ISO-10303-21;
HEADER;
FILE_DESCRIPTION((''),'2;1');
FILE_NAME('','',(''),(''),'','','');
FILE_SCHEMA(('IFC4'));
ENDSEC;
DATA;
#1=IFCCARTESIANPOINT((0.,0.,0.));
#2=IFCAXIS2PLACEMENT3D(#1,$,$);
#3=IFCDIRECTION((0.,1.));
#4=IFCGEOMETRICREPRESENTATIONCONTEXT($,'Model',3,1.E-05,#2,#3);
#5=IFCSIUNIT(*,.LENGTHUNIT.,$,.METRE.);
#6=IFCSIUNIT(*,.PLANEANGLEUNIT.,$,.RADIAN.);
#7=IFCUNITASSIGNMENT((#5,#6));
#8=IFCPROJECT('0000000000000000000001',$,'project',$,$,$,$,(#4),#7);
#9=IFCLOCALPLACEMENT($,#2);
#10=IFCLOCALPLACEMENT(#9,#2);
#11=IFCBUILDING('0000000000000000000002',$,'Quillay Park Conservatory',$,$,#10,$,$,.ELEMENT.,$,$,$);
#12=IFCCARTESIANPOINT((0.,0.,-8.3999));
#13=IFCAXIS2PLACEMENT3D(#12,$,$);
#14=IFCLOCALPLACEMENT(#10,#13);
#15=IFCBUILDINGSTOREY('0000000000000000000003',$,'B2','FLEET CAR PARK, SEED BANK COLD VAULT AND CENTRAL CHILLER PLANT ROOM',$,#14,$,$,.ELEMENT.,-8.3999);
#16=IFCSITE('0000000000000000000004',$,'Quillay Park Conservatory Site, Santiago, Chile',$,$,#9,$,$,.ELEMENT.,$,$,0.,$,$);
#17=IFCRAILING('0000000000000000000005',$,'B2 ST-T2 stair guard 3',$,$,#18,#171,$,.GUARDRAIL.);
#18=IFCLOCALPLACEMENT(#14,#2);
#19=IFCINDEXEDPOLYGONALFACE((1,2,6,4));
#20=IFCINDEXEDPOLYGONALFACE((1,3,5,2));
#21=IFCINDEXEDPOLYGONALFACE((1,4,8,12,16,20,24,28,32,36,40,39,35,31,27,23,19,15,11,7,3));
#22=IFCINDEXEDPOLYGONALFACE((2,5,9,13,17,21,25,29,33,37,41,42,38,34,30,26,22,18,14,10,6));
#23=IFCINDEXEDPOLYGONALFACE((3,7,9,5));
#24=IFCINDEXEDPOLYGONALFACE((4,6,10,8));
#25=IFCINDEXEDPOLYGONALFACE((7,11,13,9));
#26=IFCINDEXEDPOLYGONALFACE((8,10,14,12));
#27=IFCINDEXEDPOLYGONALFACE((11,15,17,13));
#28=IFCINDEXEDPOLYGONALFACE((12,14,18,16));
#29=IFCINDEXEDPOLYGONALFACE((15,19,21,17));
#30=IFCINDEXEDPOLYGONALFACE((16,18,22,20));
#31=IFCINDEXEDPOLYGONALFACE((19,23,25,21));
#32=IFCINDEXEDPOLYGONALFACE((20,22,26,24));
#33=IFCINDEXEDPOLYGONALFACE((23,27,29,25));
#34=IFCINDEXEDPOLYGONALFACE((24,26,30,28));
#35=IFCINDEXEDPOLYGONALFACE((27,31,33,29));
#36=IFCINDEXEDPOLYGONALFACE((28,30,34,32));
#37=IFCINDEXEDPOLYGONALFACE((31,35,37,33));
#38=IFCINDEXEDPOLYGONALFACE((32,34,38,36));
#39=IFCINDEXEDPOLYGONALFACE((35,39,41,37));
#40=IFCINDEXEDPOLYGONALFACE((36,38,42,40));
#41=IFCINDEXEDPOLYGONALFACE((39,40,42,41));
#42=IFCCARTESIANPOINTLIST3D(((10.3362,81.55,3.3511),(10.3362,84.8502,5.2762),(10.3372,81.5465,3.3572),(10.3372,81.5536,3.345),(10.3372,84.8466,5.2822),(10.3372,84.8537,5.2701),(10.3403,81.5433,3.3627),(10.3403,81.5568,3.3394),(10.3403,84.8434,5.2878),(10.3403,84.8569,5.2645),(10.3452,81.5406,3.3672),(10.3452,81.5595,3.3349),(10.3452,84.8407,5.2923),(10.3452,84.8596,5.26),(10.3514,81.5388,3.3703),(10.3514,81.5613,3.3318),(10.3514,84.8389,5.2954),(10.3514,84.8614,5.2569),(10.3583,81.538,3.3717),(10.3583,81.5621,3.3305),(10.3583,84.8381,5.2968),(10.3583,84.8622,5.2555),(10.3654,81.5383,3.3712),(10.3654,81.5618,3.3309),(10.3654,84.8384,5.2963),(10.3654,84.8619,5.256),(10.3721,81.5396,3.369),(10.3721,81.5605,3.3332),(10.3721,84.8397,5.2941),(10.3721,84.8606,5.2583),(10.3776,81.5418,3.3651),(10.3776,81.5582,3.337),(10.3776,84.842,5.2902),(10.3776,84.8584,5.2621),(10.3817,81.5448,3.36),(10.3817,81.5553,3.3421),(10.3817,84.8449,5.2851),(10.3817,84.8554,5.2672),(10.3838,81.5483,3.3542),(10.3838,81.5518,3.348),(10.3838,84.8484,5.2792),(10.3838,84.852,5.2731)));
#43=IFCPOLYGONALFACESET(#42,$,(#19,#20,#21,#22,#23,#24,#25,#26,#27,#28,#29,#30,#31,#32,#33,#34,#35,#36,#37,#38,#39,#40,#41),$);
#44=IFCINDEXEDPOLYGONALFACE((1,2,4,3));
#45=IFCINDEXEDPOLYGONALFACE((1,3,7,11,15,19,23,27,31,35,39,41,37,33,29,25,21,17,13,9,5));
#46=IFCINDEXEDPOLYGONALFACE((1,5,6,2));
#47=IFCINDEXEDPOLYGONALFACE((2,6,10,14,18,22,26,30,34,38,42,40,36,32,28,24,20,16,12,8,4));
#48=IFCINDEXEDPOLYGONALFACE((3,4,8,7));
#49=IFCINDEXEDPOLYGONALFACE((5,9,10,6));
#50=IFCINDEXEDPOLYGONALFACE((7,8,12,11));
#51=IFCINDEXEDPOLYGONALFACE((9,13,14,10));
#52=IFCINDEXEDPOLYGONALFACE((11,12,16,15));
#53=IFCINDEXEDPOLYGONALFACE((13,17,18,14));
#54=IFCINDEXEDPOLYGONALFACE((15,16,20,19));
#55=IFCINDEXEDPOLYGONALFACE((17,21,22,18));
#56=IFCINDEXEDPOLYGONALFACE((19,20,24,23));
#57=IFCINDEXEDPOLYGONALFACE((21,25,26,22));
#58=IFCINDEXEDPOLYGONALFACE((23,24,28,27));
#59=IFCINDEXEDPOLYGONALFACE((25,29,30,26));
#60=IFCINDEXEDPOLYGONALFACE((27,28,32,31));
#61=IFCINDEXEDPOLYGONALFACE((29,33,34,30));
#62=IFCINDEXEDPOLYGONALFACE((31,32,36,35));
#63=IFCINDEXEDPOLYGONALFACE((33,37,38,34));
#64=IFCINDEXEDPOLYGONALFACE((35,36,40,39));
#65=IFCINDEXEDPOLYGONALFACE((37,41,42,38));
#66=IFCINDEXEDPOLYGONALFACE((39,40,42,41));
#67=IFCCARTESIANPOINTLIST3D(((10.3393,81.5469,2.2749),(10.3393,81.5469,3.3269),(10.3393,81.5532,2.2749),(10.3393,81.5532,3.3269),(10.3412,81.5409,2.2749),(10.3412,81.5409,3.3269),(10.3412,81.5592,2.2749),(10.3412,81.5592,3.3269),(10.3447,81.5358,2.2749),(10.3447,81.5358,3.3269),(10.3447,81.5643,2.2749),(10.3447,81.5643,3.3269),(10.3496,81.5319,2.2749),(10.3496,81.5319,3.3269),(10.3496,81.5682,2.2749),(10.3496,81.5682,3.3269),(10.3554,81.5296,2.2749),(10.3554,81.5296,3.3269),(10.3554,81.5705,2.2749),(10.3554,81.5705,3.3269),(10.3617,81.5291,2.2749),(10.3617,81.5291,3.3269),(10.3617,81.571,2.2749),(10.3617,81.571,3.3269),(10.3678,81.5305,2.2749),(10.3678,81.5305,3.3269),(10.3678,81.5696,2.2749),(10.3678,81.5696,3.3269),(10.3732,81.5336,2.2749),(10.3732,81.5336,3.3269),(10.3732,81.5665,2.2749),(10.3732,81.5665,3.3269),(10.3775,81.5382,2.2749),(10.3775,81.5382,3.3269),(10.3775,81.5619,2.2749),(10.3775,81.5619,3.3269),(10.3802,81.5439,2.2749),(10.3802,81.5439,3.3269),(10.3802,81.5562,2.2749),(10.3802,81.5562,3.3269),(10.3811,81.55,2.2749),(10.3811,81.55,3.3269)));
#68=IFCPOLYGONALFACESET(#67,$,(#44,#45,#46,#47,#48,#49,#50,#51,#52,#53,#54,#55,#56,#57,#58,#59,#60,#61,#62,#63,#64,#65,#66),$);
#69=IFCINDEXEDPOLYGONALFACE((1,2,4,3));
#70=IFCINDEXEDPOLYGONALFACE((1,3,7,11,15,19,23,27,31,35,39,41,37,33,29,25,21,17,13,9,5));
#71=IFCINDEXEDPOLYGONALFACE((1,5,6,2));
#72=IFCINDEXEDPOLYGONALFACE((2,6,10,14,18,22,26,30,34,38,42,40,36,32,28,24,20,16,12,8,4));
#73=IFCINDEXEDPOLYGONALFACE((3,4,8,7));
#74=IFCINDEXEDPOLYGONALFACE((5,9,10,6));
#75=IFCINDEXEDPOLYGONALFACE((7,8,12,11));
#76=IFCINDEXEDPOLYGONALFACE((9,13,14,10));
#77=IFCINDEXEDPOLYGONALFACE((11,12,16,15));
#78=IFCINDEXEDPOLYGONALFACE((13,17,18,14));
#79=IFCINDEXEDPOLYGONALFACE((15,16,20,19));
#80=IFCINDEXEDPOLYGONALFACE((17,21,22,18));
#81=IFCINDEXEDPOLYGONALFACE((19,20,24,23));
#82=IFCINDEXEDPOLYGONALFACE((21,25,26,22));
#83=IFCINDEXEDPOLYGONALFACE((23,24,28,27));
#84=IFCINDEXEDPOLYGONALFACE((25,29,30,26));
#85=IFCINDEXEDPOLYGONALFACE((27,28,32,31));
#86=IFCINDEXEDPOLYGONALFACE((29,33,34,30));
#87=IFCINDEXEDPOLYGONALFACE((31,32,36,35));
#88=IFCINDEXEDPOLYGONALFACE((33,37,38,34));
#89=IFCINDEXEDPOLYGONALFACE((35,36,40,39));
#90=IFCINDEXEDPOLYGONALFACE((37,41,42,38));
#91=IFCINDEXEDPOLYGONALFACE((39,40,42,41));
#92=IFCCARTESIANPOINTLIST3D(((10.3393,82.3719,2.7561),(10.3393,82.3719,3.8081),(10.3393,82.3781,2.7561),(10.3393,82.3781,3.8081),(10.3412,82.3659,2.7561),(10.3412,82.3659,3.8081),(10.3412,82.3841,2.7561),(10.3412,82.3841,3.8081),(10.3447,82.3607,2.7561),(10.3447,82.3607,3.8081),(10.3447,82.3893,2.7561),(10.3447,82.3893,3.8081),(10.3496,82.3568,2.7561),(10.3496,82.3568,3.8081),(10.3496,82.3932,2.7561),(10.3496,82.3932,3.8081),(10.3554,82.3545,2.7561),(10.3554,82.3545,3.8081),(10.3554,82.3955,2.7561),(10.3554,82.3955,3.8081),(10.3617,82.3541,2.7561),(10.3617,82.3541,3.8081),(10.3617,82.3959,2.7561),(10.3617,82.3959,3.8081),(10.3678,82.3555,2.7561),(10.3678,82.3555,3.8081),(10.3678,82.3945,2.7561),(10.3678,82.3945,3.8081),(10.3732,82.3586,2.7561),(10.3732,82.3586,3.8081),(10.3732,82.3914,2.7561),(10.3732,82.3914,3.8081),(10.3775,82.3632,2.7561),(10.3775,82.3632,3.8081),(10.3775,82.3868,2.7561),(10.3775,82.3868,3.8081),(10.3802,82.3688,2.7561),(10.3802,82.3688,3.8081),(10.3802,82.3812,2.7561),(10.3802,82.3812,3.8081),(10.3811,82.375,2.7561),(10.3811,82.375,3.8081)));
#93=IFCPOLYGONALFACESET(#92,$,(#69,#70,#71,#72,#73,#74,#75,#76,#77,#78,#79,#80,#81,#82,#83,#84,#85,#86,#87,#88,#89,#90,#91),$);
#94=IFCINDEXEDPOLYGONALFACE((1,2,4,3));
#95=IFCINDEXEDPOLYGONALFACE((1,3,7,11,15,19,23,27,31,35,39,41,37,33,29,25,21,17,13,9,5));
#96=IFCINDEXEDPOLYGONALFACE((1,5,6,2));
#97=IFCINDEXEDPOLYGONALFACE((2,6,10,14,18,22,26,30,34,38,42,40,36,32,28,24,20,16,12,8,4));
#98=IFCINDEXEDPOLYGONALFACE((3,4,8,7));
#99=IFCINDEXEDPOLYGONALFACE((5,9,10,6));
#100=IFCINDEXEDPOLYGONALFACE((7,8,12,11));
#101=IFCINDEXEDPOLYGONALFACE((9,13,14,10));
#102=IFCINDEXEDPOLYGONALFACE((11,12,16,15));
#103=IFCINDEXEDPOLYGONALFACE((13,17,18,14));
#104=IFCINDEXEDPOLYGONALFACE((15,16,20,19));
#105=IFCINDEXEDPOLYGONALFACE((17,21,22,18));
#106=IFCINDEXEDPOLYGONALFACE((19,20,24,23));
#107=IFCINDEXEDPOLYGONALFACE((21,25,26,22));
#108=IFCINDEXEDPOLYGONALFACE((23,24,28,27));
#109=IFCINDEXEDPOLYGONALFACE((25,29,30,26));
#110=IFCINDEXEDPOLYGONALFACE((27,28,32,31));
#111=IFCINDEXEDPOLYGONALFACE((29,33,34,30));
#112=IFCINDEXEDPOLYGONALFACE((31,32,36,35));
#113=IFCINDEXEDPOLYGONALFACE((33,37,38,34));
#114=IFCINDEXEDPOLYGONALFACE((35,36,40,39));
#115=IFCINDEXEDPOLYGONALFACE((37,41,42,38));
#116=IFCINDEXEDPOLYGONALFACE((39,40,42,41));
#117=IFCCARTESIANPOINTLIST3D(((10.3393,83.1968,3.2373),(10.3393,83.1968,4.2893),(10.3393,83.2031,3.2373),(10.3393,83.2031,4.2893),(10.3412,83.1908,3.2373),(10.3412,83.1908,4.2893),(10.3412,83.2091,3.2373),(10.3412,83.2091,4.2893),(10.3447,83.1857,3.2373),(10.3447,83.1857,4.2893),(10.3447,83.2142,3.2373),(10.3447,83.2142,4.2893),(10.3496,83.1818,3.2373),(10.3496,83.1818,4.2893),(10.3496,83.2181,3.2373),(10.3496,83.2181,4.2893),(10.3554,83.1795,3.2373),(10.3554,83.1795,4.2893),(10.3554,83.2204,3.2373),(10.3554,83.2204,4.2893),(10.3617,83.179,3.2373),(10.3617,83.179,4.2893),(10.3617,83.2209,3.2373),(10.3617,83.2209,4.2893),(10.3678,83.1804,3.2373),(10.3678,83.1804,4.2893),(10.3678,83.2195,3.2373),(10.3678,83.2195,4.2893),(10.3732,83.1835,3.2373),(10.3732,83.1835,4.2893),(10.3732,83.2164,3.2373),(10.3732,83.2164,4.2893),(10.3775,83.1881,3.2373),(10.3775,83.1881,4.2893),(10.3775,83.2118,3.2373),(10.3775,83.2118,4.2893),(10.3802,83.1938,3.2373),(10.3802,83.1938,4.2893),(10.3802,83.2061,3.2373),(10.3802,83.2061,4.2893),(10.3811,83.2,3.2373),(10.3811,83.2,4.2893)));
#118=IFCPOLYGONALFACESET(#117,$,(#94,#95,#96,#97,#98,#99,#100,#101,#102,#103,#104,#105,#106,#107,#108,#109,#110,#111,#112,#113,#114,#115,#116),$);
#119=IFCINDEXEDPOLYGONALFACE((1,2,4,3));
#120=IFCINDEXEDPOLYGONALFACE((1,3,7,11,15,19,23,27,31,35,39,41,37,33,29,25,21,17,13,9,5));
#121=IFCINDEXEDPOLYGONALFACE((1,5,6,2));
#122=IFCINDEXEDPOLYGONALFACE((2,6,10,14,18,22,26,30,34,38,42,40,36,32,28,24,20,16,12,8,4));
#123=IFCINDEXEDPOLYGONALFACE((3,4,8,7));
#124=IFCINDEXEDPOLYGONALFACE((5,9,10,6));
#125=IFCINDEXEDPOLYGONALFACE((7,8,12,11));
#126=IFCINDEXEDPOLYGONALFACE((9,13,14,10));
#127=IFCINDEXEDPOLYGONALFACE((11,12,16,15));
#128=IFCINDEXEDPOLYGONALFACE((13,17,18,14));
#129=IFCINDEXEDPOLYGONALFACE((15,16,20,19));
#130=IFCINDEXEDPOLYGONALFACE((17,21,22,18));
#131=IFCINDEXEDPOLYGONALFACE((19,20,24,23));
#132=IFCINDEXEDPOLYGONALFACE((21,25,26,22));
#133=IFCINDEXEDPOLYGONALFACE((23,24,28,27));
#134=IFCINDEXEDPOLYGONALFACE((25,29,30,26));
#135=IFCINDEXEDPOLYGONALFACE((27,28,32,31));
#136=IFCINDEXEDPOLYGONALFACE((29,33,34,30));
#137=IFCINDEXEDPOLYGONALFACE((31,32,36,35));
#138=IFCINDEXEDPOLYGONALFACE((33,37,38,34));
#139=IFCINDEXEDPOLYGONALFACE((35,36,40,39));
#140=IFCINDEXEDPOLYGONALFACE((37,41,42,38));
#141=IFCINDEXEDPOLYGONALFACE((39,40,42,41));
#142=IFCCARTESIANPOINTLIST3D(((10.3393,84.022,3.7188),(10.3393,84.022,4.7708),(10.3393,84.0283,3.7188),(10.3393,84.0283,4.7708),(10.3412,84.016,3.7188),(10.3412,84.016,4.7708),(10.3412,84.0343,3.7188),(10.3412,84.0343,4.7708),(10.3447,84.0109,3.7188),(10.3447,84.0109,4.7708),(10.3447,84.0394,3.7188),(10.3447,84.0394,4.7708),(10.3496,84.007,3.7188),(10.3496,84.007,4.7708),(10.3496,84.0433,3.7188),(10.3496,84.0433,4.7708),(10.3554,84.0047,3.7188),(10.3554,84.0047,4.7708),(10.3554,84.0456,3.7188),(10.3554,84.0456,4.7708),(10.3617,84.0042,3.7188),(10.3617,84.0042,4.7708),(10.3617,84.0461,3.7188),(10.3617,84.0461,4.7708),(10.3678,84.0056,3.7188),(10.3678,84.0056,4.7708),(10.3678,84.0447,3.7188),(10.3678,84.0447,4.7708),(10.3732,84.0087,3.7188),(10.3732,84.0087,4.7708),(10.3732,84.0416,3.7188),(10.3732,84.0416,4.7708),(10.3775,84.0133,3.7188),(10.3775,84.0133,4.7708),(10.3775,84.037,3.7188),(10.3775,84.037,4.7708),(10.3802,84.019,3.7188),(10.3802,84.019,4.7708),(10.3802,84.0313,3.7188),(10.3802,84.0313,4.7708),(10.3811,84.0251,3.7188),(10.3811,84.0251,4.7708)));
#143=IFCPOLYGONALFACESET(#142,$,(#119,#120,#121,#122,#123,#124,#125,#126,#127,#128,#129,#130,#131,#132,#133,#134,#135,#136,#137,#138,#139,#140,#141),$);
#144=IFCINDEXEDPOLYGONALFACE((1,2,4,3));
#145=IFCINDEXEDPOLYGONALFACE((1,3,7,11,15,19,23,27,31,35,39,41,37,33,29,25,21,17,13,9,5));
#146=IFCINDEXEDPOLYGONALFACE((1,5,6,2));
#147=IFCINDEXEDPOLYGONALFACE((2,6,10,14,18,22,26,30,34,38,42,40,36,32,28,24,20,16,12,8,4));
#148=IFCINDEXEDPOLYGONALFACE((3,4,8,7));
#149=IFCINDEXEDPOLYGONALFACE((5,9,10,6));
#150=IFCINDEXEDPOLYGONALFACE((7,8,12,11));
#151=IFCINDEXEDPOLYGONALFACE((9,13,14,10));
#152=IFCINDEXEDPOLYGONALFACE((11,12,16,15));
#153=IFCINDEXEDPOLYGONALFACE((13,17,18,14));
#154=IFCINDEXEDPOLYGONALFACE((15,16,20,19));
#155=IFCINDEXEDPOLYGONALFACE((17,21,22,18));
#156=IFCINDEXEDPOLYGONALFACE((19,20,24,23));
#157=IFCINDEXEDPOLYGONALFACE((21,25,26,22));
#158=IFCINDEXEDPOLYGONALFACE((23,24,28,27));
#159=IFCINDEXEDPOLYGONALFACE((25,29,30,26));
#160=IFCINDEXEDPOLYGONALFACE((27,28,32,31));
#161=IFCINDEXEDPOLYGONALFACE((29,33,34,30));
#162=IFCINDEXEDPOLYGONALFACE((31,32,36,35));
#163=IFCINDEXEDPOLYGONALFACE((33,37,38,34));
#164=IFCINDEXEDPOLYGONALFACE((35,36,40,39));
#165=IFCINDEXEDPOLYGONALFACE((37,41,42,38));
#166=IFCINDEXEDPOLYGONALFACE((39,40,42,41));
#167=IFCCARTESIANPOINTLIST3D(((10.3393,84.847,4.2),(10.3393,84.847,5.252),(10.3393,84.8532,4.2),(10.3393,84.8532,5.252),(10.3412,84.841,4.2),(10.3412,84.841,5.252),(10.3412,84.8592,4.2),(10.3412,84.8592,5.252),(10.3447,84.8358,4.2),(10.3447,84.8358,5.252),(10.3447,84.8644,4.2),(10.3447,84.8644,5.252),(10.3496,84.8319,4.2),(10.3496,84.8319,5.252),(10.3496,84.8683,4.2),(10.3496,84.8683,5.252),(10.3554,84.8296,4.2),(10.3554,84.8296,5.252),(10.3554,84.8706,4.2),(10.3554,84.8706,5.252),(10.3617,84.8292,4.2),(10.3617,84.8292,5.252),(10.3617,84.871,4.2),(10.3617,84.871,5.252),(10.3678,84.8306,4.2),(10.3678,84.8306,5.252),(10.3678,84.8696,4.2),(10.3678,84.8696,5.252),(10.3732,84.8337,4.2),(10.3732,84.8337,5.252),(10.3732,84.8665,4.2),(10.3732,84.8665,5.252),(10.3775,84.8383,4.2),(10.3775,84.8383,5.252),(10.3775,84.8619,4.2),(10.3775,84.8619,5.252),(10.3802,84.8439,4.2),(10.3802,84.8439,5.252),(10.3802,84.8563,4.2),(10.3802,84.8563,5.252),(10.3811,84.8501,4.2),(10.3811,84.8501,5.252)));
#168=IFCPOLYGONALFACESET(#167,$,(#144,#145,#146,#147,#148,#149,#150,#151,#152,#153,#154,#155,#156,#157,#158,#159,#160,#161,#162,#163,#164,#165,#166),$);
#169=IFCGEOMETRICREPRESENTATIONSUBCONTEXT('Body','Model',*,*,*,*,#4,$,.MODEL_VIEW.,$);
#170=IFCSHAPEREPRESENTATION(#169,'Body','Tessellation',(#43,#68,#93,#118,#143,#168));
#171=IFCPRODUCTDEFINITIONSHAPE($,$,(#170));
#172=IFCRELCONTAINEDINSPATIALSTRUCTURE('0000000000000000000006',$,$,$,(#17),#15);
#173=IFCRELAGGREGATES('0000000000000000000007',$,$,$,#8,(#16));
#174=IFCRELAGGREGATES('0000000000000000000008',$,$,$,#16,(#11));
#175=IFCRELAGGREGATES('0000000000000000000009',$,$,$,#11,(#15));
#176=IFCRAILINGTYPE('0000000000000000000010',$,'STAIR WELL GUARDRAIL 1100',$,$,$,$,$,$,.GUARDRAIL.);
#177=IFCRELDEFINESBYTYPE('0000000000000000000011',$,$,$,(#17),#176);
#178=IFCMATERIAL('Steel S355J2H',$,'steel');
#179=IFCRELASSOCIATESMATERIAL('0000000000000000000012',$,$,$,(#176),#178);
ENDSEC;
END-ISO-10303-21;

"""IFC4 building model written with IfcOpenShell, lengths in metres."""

from ifc_helpers import new_model, si_unit, direction, frame, origin, origin_2d, place, context, subcontext, project, spatial, circle, extrude, material, type_object, element, save


model = new_model("IFC4")

# Units and contexts
model_context = context("Model", 3, precision=1e-05, world=origin(), true_north=direction((0.0, 1.0)))
body_context = subcontext(model_context, "Body", "Model", "MODEL_VIEW")
ifc_project = project(units=[si_unit("LENGTHUNIT", "METRE"), si_unit("PLANEANGLEUNIT", "RADIAN")], contexts=[model_context])

# Site, building, storey
site_placement = place(None, origin())
site = spatial("IfcSite", under=ifc_project, at=site_placement, Name="Quillay Park Conservatory Site, Santiago, Chile", CompositionType="ELEMENT", RefElevation=0.0)
building_placement = place(site_placement, origin())
building = spatial("IfcBuilding", under=site, at=building_placement, Name="Quillay Park Conservatory", CompositionType="ELEMENT")
storey_placement = place(building_placement, frame((0.0, 0.0, -8.3999)))
storey = spatial("IfcBuildingStorey", under=building, at=storey_placement, Name="B2", Description="FLEET CAR PARK, SEED BANK COLD VAULT AND CENTRAL CHILLER PLANT ROOM", CompositionType="ELEMENT", Elevation=-8.3999)

# Railing
ifc_material_1 = material(Name="Steel S355J2H", Category="steel")
railing_type = type_object("IfcRailingType", Name="STAIR WELL GUARDRAIL 1100", PredefinedType="GUARDRAIL", material=ifc_material_1)
railing_1_placement = place(storey_placement, frame((10.3601, 81.55, 2.2749)))
element("IfcRailing", 1, at=railing_1_placement, inside=storey, type_object=railing_type, Name="B2 ST-T2 stair guard 3", PredefinedType="GUARDRAIL", context=body_context, shape_type="SweptSolid", body=[
    extrude(circle(Radius=0.0239, at=origin_2d()), frame((0.0, 0.0, 1.0762), z_axis=(0.0, 0.863777, 0.503875), x_axis=(-1.0, 0.0, 0.0)), (0.0, 0.0, 1.0), 3.8206),
    extrude(circle(Radius=0.021, at=origin_2d()), origin(), (0.0, 0.0, 1.0), 1.052),
    extrude(circle(Radius=0.021, at=origin_2d()), frame((0.0, 0.825, 0.4812)), (0.0, 0.0, 1.0), 1.052),
    extrude(circle(Radius=0.021, at=origin_2d()), frame((0.0, 1.6499, 0.9624)), (0.0, 0.0, 1.0), 1.052),
    extrude(circle(Radius=0.021, at=origin_2d()), frame((0.0, 2.4751, 1.4438)), (0.0, 0.0, 1.0), 1.052),
    extrude(circle(Radius=0.021, at=origin_2d()), frame((0.0, 3.3, 1.925)), (0.0, 0.0, 1.0), 1.052),
])

save(model, "model.ifc")
